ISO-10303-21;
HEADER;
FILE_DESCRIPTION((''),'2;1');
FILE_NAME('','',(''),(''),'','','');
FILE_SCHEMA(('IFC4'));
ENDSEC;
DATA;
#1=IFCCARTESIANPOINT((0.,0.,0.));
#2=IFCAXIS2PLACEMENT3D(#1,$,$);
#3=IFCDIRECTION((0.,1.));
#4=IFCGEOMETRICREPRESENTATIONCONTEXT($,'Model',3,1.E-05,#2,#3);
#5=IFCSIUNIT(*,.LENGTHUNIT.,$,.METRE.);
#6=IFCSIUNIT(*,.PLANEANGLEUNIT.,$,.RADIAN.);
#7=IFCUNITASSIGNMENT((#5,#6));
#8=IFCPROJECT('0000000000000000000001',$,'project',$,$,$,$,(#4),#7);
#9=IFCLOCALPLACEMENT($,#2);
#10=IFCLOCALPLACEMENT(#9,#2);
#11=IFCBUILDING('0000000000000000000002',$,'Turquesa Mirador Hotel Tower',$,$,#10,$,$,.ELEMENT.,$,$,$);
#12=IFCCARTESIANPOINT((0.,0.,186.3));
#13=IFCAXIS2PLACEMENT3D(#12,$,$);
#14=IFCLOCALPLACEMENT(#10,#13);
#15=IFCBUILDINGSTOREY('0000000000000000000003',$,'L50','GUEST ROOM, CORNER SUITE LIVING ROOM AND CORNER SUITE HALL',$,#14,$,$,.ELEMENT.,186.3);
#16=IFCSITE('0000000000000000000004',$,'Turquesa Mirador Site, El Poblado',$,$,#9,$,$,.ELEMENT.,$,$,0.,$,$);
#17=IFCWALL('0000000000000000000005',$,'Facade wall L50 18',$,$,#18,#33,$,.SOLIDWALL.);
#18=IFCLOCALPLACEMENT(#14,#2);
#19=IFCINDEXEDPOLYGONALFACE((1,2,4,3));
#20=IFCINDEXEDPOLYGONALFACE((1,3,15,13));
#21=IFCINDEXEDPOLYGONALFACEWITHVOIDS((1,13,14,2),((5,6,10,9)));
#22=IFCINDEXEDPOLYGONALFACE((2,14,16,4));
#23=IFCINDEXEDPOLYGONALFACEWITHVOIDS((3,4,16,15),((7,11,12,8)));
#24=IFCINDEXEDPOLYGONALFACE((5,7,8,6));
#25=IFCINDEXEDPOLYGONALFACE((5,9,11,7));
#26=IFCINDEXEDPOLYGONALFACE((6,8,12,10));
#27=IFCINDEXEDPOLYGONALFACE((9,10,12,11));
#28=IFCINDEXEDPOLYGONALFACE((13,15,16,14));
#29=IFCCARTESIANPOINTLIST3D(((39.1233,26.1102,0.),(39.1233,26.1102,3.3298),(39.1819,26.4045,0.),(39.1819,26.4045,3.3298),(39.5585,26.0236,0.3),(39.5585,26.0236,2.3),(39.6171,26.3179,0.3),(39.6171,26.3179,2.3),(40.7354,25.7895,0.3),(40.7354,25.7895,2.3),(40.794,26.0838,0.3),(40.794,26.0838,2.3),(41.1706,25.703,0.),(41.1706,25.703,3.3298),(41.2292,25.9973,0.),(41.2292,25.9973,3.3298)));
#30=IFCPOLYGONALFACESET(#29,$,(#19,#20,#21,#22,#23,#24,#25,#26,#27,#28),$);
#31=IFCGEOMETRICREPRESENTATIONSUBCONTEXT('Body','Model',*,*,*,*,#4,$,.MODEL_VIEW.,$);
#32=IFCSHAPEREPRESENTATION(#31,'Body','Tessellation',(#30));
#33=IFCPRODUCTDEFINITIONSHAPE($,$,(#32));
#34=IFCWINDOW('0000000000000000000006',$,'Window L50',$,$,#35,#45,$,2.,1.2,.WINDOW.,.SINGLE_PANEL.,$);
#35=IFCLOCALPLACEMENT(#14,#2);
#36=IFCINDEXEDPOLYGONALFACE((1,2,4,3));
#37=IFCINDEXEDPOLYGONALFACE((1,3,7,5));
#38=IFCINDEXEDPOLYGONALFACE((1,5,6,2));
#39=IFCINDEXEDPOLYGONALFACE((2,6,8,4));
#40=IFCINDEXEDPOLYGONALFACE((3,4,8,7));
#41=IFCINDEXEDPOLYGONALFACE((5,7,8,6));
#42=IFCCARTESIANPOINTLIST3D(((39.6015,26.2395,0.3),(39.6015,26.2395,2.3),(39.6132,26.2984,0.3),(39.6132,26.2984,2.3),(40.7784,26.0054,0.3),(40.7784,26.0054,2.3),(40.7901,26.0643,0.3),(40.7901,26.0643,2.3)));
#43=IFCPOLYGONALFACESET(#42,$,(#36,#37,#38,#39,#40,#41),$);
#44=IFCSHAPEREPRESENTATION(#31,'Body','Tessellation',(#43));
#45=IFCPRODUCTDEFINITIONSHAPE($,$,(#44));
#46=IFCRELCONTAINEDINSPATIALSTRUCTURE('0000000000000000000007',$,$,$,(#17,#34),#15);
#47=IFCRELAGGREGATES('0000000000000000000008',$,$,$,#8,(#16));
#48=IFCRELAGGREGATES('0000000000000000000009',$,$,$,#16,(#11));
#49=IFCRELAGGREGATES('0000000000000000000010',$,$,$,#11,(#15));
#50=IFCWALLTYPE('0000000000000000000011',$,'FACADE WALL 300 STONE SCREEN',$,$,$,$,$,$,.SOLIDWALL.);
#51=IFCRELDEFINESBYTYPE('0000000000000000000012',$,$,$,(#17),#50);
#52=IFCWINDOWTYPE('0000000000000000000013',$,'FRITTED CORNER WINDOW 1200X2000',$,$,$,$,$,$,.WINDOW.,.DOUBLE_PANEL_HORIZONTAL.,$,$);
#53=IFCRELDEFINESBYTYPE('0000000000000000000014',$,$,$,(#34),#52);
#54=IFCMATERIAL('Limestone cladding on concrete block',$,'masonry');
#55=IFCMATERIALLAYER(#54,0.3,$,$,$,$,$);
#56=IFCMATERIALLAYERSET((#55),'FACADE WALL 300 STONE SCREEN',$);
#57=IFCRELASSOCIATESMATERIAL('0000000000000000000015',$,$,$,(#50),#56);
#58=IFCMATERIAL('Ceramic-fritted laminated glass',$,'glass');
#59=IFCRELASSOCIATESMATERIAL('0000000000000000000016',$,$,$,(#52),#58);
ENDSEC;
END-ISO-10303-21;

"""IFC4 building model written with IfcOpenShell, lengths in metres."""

from ifc_helpers import new_model, si_unit, direction, frame, frame_2d, origin, place, context, subcontext, project, spatial, rectangle, extrude, material, layer, layer_set, type_object, element, fill, save


model = new_model("IFC4")

# Units and contexts
model_context = context("Model", 3, precision=1e-05, world=origin(), true_north=direction((0.0, 1.0)))
body_context = subcontext(model_context, "Body", "Model", "MODEL_VIEW")
ifc_project = project(units=[si_unit("LENGTHUNIT", "METRE"), si_unit("PLANEANGLEUNIT", "RADIAN")], contexts=[model_context])

# Site, building, storey
site_placement = place(None, origin())
site = spatial("IfcSite", under=ifc_project, at=site_placement, Name="Turquesa Mirador Site, El Poblado", CompositionType="ELEMENT", RefElevation=0.0)
building_placement = place(site_placement, origin())
building = spatial("IfcBuilding", under=site, at=building_placement, Name="Turquesa Mirador Hotel Tower", CompositionType="ELEMENT")
storey_placement = place(building_placement, frame((0.0, 0.0, 186.3)))
storey = spatial("IfcBuildingStorey", under=building, at=storey_placement, Name="L50", Description="GUEST ROOM, CORNER SUITE LIVING ROOM AND CORNER SUITE HALL", CompositionType="ELEMENT", Elevation=186.3)

# Wall, opening, window
ifc_material_1 = material(Name="Limestone cladding on concrete block", Category="masonry")
ifc_layer_1 = layer(ifc_material_1, 0.3)
ifc_layer_set_1 = layer_set([ifc_layer_1], Name="FACADE WALL 300 STONE SCREEN")
wall_type_1 = type_object("IfcWallType", Name="FACADE WALL 300 STONE SCREEN", PredefinedType="SOLIDWALL", material=ifc_layer_set_1)
ifc_material_2 = material(Name="Ceramic-fritted laminated glass", Category="glass")
window_type_1 = type_object("IfcWindowType", Name="FRITTED CORNER WINDOW 1200X2000", PartitioningType="DOUBLE_PANEL_HORIZONTAL", PredefinedType="WINDOW", material=ifc_material_2)
wall_1_placement = place(storey_placement, frame((39.1526, 26.2573, 0.0), z_axis=(0.0, 0.0, 1.0), x_axis=(0.980787, -0.195081, 0.0)))
wall_1 = element("IfcWall", 1, at=wall_1_placement, inside=storey, type_object=wall_type_1, Name="Facade wall L50 18", PredefinedType="SOLIDWALL", context=body_context, shape_type="SweptSolid", body=[
    extrude(rectangle(XDim=2.0874, YDim=0.3, at=frame_2d((1.0437, 0.0))), origin(), (0.0, 0.0, 1.0), 3.3298),
])
opening_1_placement = place(wall_1_placement, frame((0.4436, 0.0, 0.3)))
opening_1 = element("IfcOpeningElement", 2, at=opening_1_placement, cuts=wall_1, PredefinedType="OPENING", context=body_context, shape_type="SweptSolid", body=[
    extrude(rectangle(XDim=1.2, YDim=2.0, at=frame_2d((0.6001, 1.0))), frame((0.0, 0.1599, 0.0), z_axis=(0.0, -1.0, 0.0), x_axis=(1.0, 0.0, 0.0)), (0.0, 0.0, 1.0), 0.3201),
])
window_1_placement = place(opening_1_placement, origin())
window_1 = element("IfcWindow", 3, at=window_1_placement, inside=storey, type_object=window_type_1, Name="Window L50", OverallHeight=2.0, OverallWidth=1.2, PartitioningType="SINGLE_PANEL", PredefinedType="WINDOW", context=body_context, shape_type="SweptSolid", body=[
    extrude(rectangle(XDim=1.2, YDim=2.0, at=frame_2d((0.6001, 1.0))), frame((0.0, 0.1301, 0.0), z_axis=(0.0, -1.0, 0.0), x_axis=(1.0, 0.0, 0.0)), (0.0, 0.0, 1.0), 0.0601),
])
fill(opening_1, window_1)

save(model, "model.ifc")
